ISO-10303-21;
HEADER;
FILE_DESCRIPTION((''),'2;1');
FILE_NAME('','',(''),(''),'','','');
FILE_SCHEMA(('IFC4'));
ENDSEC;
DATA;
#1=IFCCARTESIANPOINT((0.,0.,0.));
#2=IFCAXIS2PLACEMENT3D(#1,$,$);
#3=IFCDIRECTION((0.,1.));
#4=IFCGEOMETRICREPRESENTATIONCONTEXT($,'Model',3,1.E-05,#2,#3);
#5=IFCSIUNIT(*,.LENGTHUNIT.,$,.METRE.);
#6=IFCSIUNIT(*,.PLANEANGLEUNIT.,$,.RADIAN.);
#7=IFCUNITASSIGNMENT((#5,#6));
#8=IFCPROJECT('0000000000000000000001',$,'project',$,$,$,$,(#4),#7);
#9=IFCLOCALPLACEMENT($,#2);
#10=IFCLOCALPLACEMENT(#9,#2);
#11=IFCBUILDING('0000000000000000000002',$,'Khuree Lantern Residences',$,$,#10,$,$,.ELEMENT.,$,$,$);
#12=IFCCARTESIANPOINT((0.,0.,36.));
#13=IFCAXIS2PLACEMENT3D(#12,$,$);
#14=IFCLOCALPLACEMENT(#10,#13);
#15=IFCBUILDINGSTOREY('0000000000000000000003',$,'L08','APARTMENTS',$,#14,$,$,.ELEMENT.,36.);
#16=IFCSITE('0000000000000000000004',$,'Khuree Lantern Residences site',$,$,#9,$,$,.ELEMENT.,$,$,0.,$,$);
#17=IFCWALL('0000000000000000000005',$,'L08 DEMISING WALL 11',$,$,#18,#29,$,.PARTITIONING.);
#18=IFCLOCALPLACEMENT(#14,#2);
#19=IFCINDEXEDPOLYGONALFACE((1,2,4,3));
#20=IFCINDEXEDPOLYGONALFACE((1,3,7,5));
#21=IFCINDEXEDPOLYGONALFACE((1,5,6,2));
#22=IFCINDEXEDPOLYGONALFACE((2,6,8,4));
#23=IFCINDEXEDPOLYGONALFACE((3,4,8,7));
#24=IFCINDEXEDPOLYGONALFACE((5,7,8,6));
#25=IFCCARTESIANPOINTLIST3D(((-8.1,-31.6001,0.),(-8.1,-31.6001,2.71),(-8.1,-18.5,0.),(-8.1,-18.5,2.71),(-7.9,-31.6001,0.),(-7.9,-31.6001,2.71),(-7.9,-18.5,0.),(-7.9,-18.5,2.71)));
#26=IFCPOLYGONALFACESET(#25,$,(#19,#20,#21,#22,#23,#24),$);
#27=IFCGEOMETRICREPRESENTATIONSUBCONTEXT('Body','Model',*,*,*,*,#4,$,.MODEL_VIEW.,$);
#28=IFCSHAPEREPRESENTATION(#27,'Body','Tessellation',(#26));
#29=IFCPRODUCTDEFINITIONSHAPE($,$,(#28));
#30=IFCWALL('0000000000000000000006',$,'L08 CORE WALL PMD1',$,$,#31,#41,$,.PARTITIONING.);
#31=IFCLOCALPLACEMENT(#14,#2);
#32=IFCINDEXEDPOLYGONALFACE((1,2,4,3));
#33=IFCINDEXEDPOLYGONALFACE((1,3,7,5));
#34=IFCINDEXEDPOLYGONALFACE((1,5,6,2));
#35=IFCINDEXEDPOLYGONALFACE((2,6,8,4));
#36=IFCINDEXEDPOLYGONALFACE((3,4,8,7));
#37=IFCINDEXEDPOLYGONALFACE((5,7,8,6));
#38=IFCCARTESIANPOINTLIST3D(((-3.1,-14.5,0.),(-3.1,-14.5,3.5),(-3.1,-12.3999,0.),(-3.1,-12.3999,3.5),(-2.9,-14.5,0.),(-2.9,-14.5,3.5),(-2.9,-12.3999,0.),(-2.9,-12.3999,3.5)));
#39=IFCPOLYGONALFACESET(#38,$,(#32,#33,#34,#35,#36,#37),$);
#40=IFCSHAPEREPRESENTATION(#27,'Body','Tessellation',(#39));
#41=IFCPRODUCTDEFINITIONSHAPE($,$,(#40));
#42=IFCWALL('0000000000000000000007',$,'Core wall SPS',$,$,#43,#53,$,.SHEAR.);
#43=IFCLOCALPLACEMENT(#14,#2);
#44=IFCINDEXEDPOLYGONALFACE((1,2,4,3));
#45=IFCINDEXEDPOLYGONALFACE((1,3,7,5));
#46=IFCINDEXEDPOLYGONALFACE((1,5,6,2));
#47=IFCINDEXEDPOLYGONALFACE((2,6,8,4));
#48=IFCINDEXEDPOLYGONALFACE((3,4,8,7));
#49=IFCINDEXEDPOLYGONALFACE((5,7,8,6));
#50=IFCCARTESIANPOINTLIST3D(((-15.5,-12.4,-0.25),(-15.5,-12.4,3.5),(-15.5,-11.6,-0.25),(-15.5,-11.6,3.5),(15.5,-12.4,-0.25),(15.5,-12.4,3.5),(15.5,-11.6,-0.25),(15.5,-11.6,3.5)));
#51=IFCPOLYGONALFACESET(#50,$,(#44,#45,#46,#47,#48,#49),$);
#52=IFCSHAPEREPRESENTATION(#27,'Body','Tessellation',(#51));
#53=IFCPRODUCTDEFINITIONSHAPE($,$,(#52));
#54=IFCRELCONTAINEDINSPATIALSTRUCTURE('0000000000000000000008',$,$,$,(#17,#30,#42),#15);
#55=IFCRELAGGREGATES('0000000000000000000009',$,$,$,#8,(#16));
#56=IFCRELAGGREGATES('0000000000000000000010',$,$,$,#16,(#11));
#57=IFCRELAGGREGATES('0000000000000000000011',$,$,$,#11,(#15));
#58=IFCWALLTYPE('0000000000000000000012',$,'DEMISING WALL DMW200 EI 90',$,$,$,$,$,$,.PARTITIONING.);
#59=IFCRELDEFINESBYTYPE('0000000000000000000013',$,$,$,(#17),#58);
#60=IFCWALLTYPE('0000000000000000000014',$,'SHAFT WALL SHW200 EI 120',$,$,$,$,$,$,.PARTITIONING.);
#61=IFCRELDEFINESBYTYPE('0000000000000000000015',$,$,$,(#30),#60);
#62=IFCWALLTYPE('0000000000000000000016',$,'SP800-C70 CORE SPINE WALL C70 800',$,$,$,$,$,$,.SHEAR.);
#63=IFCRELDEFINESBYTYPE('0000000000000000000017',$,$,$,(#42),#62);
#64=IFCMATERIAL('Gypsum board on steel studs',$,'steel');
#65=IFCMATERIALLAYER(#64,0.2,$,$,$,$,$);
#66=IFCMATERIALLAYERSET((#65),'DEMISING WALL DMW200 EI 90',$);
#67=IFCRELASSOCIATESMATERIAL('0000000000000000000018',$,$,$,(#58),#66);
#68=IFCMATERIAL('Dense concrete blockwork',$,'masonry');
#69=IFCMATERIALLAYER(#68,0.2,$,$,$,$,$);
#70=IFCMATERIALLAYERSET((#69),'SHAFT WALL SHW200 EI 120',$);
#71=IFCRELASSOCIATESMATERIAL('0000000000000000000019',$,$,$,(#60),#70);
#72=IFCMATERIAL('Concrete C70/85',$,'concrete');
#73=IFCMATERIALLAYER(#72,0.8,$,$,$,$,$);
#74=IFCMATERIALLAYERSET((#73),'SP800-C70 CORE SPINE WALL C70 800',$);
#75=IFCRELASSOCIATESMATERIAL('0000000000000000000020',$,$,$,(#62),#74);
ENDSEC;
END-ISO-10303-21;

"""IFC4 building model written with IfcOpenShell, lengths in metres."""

from ifc_helpers import new_model, si_unit, direction, frame, frame_2d, origin, place, context, subcontext, project, spatial, rectangle, extrude, material, layer, layer_set, type_object, element, save


model = new_model("IFC4")

# Units and contexts
model_context = context("Model", 3, precision=1e-05, world=origin(), true_north=direction((0.0, 1.0)))
body_context = subcontext(model_context, "Body", "Model", "MODEL_VIEW")
ifc_project = project(units=[si_unit("LENGTHUNIT", "METRE"), si_unit("PLANEANGLEUNIT", "RADIAN")], contexts=[model_context])

# Site, building, storey
site_placement = place(None, origin())
site = spatial("IfcSite", under=ifc_project, at=site_placement, Name="Khuree Lantern Residences site", CompositionType="ELEMENT", RefElevation=0.0)
building_placement = place(site_placement, origin())
building = spatial("IfcBuilding", under=site, at=building_placement, Name="Khuree Lantern Residences", CompositionType="ELEMENT")
storey_placement = place(building_placement, frame((0.0, 0.0, 36.0)))
storey = spatial("IfcBuildingStorey", under=building, at=storey_placement, Name="L08", Description="APARTMENTS", CompositionType="ELEMENT", Elevation=36.0)

# Shared definitions
ifc_material_1 = material(Name="Concrete C70/85", Category="concrete")

# Shared definitions
ifc_material_2 = material(Name="Dense concrete blockwork", Category="masonry")

# Walls
ifc_material_3 = material(Name="Gypsum board on steel studs", Category="steel")
ifc_layer_1 = layer(ifc_material_3, 0.2)
ifc_layer_set_1 = layer_set([ifc_layer_1], Name="DEMISING WALL DMW200 EI 90")
wall_type_1 = type_object("IfcWallType", Name="DEMISING WALL DMW200 EI 90", PredefinedType="PARTITIONING", material=ifc_layer_set_1)
wall_1_placement = place(storey_placement, frame((-8.0, -18.5, 0.0), z_axis=(0.0, 0.0, 1.0), x_axis=(0.0, -1.0, 0.0)))
element("IfcWall", 1, at=wall_1_placement, inside=storey, type_object=wall_type_1, Name="L08 DEMISING WALL 11", PredefinedType="PARTITIONING", context=body_context, shape_type="SweptSolid", body=[
    extrude(rectangle(XDim=13.1001, YDim=0.2, at=frame_2d((6.55, 0.0))), origin(), (0.0, 0.0, 1.0), 2.71),
])
ifc_layer_2 = layer(ifc_material_2, 0.2)
ifc_layer_set_2 = layer_set([ifc_layer_2], Name="SHAFT WALL SHW200 EI 120")
wall_type_2 = type_object("IfcWallType", Name="SHAFT WALL SHW200 EI 120", PredefinedType="PARTITIONING", material=ifc_layer_set_2)
wall_2_placement = place(storey_placement, frame((-3.0, -14.5, 0.0), z_axis=(0.0, 0.0, 1.0), x_axis=(0.0, 1.0, 0.0)))
element("IfcWall", 2, at=wall_2_placement, inside=storey, type_object=wall_type_2, Name="L08 CORE WALL PMD1", PredefinedType="PARTITIONING", context=body_context, shape_type="SweptSolid", body=[
    extrude(rectangle(XDim=2.1001, YDim=0.2, at=frame_2d((1.05, 0.0))), origin(), (0.0, 0.0, 1.0), 3.5),
])
ifc_layer_3 = layer(ifc_material_1, 0.8)
ifc_layer_set_3 = layer_set([ifc_layer_3], Name="SP800-C70 CORE SPINE WALL C70 800")
wall_type_3 = type_object("IfcWallType", Name="SP800-C70 CORE SPINE WALL C70 800", PredefinedType="SHEAR", material=ifc_layer_set_3)
wall_3_placement = place(storey_placement, frame((-15.5, -12.0, -0.25), z_axis=(0.0, 0.0, 1.0), x_axis=(1.0, 0.0, 0.0)))
element("IfcWall", 3, at=wall_3_placement, inside=storey, type_object=wall_type_3, Name="Core wall SPS", PredefinedType="SHEAR", context=body_context, shape_type="SweptSolid", body=[
    extrude(rectangle(XDim=31.0, YDim=0.8, at=frame_2d((15.5, 0.0))), origin(), (0.0, 0.0, 1.0), 3.75),
])

save(model, "model.ifc")
